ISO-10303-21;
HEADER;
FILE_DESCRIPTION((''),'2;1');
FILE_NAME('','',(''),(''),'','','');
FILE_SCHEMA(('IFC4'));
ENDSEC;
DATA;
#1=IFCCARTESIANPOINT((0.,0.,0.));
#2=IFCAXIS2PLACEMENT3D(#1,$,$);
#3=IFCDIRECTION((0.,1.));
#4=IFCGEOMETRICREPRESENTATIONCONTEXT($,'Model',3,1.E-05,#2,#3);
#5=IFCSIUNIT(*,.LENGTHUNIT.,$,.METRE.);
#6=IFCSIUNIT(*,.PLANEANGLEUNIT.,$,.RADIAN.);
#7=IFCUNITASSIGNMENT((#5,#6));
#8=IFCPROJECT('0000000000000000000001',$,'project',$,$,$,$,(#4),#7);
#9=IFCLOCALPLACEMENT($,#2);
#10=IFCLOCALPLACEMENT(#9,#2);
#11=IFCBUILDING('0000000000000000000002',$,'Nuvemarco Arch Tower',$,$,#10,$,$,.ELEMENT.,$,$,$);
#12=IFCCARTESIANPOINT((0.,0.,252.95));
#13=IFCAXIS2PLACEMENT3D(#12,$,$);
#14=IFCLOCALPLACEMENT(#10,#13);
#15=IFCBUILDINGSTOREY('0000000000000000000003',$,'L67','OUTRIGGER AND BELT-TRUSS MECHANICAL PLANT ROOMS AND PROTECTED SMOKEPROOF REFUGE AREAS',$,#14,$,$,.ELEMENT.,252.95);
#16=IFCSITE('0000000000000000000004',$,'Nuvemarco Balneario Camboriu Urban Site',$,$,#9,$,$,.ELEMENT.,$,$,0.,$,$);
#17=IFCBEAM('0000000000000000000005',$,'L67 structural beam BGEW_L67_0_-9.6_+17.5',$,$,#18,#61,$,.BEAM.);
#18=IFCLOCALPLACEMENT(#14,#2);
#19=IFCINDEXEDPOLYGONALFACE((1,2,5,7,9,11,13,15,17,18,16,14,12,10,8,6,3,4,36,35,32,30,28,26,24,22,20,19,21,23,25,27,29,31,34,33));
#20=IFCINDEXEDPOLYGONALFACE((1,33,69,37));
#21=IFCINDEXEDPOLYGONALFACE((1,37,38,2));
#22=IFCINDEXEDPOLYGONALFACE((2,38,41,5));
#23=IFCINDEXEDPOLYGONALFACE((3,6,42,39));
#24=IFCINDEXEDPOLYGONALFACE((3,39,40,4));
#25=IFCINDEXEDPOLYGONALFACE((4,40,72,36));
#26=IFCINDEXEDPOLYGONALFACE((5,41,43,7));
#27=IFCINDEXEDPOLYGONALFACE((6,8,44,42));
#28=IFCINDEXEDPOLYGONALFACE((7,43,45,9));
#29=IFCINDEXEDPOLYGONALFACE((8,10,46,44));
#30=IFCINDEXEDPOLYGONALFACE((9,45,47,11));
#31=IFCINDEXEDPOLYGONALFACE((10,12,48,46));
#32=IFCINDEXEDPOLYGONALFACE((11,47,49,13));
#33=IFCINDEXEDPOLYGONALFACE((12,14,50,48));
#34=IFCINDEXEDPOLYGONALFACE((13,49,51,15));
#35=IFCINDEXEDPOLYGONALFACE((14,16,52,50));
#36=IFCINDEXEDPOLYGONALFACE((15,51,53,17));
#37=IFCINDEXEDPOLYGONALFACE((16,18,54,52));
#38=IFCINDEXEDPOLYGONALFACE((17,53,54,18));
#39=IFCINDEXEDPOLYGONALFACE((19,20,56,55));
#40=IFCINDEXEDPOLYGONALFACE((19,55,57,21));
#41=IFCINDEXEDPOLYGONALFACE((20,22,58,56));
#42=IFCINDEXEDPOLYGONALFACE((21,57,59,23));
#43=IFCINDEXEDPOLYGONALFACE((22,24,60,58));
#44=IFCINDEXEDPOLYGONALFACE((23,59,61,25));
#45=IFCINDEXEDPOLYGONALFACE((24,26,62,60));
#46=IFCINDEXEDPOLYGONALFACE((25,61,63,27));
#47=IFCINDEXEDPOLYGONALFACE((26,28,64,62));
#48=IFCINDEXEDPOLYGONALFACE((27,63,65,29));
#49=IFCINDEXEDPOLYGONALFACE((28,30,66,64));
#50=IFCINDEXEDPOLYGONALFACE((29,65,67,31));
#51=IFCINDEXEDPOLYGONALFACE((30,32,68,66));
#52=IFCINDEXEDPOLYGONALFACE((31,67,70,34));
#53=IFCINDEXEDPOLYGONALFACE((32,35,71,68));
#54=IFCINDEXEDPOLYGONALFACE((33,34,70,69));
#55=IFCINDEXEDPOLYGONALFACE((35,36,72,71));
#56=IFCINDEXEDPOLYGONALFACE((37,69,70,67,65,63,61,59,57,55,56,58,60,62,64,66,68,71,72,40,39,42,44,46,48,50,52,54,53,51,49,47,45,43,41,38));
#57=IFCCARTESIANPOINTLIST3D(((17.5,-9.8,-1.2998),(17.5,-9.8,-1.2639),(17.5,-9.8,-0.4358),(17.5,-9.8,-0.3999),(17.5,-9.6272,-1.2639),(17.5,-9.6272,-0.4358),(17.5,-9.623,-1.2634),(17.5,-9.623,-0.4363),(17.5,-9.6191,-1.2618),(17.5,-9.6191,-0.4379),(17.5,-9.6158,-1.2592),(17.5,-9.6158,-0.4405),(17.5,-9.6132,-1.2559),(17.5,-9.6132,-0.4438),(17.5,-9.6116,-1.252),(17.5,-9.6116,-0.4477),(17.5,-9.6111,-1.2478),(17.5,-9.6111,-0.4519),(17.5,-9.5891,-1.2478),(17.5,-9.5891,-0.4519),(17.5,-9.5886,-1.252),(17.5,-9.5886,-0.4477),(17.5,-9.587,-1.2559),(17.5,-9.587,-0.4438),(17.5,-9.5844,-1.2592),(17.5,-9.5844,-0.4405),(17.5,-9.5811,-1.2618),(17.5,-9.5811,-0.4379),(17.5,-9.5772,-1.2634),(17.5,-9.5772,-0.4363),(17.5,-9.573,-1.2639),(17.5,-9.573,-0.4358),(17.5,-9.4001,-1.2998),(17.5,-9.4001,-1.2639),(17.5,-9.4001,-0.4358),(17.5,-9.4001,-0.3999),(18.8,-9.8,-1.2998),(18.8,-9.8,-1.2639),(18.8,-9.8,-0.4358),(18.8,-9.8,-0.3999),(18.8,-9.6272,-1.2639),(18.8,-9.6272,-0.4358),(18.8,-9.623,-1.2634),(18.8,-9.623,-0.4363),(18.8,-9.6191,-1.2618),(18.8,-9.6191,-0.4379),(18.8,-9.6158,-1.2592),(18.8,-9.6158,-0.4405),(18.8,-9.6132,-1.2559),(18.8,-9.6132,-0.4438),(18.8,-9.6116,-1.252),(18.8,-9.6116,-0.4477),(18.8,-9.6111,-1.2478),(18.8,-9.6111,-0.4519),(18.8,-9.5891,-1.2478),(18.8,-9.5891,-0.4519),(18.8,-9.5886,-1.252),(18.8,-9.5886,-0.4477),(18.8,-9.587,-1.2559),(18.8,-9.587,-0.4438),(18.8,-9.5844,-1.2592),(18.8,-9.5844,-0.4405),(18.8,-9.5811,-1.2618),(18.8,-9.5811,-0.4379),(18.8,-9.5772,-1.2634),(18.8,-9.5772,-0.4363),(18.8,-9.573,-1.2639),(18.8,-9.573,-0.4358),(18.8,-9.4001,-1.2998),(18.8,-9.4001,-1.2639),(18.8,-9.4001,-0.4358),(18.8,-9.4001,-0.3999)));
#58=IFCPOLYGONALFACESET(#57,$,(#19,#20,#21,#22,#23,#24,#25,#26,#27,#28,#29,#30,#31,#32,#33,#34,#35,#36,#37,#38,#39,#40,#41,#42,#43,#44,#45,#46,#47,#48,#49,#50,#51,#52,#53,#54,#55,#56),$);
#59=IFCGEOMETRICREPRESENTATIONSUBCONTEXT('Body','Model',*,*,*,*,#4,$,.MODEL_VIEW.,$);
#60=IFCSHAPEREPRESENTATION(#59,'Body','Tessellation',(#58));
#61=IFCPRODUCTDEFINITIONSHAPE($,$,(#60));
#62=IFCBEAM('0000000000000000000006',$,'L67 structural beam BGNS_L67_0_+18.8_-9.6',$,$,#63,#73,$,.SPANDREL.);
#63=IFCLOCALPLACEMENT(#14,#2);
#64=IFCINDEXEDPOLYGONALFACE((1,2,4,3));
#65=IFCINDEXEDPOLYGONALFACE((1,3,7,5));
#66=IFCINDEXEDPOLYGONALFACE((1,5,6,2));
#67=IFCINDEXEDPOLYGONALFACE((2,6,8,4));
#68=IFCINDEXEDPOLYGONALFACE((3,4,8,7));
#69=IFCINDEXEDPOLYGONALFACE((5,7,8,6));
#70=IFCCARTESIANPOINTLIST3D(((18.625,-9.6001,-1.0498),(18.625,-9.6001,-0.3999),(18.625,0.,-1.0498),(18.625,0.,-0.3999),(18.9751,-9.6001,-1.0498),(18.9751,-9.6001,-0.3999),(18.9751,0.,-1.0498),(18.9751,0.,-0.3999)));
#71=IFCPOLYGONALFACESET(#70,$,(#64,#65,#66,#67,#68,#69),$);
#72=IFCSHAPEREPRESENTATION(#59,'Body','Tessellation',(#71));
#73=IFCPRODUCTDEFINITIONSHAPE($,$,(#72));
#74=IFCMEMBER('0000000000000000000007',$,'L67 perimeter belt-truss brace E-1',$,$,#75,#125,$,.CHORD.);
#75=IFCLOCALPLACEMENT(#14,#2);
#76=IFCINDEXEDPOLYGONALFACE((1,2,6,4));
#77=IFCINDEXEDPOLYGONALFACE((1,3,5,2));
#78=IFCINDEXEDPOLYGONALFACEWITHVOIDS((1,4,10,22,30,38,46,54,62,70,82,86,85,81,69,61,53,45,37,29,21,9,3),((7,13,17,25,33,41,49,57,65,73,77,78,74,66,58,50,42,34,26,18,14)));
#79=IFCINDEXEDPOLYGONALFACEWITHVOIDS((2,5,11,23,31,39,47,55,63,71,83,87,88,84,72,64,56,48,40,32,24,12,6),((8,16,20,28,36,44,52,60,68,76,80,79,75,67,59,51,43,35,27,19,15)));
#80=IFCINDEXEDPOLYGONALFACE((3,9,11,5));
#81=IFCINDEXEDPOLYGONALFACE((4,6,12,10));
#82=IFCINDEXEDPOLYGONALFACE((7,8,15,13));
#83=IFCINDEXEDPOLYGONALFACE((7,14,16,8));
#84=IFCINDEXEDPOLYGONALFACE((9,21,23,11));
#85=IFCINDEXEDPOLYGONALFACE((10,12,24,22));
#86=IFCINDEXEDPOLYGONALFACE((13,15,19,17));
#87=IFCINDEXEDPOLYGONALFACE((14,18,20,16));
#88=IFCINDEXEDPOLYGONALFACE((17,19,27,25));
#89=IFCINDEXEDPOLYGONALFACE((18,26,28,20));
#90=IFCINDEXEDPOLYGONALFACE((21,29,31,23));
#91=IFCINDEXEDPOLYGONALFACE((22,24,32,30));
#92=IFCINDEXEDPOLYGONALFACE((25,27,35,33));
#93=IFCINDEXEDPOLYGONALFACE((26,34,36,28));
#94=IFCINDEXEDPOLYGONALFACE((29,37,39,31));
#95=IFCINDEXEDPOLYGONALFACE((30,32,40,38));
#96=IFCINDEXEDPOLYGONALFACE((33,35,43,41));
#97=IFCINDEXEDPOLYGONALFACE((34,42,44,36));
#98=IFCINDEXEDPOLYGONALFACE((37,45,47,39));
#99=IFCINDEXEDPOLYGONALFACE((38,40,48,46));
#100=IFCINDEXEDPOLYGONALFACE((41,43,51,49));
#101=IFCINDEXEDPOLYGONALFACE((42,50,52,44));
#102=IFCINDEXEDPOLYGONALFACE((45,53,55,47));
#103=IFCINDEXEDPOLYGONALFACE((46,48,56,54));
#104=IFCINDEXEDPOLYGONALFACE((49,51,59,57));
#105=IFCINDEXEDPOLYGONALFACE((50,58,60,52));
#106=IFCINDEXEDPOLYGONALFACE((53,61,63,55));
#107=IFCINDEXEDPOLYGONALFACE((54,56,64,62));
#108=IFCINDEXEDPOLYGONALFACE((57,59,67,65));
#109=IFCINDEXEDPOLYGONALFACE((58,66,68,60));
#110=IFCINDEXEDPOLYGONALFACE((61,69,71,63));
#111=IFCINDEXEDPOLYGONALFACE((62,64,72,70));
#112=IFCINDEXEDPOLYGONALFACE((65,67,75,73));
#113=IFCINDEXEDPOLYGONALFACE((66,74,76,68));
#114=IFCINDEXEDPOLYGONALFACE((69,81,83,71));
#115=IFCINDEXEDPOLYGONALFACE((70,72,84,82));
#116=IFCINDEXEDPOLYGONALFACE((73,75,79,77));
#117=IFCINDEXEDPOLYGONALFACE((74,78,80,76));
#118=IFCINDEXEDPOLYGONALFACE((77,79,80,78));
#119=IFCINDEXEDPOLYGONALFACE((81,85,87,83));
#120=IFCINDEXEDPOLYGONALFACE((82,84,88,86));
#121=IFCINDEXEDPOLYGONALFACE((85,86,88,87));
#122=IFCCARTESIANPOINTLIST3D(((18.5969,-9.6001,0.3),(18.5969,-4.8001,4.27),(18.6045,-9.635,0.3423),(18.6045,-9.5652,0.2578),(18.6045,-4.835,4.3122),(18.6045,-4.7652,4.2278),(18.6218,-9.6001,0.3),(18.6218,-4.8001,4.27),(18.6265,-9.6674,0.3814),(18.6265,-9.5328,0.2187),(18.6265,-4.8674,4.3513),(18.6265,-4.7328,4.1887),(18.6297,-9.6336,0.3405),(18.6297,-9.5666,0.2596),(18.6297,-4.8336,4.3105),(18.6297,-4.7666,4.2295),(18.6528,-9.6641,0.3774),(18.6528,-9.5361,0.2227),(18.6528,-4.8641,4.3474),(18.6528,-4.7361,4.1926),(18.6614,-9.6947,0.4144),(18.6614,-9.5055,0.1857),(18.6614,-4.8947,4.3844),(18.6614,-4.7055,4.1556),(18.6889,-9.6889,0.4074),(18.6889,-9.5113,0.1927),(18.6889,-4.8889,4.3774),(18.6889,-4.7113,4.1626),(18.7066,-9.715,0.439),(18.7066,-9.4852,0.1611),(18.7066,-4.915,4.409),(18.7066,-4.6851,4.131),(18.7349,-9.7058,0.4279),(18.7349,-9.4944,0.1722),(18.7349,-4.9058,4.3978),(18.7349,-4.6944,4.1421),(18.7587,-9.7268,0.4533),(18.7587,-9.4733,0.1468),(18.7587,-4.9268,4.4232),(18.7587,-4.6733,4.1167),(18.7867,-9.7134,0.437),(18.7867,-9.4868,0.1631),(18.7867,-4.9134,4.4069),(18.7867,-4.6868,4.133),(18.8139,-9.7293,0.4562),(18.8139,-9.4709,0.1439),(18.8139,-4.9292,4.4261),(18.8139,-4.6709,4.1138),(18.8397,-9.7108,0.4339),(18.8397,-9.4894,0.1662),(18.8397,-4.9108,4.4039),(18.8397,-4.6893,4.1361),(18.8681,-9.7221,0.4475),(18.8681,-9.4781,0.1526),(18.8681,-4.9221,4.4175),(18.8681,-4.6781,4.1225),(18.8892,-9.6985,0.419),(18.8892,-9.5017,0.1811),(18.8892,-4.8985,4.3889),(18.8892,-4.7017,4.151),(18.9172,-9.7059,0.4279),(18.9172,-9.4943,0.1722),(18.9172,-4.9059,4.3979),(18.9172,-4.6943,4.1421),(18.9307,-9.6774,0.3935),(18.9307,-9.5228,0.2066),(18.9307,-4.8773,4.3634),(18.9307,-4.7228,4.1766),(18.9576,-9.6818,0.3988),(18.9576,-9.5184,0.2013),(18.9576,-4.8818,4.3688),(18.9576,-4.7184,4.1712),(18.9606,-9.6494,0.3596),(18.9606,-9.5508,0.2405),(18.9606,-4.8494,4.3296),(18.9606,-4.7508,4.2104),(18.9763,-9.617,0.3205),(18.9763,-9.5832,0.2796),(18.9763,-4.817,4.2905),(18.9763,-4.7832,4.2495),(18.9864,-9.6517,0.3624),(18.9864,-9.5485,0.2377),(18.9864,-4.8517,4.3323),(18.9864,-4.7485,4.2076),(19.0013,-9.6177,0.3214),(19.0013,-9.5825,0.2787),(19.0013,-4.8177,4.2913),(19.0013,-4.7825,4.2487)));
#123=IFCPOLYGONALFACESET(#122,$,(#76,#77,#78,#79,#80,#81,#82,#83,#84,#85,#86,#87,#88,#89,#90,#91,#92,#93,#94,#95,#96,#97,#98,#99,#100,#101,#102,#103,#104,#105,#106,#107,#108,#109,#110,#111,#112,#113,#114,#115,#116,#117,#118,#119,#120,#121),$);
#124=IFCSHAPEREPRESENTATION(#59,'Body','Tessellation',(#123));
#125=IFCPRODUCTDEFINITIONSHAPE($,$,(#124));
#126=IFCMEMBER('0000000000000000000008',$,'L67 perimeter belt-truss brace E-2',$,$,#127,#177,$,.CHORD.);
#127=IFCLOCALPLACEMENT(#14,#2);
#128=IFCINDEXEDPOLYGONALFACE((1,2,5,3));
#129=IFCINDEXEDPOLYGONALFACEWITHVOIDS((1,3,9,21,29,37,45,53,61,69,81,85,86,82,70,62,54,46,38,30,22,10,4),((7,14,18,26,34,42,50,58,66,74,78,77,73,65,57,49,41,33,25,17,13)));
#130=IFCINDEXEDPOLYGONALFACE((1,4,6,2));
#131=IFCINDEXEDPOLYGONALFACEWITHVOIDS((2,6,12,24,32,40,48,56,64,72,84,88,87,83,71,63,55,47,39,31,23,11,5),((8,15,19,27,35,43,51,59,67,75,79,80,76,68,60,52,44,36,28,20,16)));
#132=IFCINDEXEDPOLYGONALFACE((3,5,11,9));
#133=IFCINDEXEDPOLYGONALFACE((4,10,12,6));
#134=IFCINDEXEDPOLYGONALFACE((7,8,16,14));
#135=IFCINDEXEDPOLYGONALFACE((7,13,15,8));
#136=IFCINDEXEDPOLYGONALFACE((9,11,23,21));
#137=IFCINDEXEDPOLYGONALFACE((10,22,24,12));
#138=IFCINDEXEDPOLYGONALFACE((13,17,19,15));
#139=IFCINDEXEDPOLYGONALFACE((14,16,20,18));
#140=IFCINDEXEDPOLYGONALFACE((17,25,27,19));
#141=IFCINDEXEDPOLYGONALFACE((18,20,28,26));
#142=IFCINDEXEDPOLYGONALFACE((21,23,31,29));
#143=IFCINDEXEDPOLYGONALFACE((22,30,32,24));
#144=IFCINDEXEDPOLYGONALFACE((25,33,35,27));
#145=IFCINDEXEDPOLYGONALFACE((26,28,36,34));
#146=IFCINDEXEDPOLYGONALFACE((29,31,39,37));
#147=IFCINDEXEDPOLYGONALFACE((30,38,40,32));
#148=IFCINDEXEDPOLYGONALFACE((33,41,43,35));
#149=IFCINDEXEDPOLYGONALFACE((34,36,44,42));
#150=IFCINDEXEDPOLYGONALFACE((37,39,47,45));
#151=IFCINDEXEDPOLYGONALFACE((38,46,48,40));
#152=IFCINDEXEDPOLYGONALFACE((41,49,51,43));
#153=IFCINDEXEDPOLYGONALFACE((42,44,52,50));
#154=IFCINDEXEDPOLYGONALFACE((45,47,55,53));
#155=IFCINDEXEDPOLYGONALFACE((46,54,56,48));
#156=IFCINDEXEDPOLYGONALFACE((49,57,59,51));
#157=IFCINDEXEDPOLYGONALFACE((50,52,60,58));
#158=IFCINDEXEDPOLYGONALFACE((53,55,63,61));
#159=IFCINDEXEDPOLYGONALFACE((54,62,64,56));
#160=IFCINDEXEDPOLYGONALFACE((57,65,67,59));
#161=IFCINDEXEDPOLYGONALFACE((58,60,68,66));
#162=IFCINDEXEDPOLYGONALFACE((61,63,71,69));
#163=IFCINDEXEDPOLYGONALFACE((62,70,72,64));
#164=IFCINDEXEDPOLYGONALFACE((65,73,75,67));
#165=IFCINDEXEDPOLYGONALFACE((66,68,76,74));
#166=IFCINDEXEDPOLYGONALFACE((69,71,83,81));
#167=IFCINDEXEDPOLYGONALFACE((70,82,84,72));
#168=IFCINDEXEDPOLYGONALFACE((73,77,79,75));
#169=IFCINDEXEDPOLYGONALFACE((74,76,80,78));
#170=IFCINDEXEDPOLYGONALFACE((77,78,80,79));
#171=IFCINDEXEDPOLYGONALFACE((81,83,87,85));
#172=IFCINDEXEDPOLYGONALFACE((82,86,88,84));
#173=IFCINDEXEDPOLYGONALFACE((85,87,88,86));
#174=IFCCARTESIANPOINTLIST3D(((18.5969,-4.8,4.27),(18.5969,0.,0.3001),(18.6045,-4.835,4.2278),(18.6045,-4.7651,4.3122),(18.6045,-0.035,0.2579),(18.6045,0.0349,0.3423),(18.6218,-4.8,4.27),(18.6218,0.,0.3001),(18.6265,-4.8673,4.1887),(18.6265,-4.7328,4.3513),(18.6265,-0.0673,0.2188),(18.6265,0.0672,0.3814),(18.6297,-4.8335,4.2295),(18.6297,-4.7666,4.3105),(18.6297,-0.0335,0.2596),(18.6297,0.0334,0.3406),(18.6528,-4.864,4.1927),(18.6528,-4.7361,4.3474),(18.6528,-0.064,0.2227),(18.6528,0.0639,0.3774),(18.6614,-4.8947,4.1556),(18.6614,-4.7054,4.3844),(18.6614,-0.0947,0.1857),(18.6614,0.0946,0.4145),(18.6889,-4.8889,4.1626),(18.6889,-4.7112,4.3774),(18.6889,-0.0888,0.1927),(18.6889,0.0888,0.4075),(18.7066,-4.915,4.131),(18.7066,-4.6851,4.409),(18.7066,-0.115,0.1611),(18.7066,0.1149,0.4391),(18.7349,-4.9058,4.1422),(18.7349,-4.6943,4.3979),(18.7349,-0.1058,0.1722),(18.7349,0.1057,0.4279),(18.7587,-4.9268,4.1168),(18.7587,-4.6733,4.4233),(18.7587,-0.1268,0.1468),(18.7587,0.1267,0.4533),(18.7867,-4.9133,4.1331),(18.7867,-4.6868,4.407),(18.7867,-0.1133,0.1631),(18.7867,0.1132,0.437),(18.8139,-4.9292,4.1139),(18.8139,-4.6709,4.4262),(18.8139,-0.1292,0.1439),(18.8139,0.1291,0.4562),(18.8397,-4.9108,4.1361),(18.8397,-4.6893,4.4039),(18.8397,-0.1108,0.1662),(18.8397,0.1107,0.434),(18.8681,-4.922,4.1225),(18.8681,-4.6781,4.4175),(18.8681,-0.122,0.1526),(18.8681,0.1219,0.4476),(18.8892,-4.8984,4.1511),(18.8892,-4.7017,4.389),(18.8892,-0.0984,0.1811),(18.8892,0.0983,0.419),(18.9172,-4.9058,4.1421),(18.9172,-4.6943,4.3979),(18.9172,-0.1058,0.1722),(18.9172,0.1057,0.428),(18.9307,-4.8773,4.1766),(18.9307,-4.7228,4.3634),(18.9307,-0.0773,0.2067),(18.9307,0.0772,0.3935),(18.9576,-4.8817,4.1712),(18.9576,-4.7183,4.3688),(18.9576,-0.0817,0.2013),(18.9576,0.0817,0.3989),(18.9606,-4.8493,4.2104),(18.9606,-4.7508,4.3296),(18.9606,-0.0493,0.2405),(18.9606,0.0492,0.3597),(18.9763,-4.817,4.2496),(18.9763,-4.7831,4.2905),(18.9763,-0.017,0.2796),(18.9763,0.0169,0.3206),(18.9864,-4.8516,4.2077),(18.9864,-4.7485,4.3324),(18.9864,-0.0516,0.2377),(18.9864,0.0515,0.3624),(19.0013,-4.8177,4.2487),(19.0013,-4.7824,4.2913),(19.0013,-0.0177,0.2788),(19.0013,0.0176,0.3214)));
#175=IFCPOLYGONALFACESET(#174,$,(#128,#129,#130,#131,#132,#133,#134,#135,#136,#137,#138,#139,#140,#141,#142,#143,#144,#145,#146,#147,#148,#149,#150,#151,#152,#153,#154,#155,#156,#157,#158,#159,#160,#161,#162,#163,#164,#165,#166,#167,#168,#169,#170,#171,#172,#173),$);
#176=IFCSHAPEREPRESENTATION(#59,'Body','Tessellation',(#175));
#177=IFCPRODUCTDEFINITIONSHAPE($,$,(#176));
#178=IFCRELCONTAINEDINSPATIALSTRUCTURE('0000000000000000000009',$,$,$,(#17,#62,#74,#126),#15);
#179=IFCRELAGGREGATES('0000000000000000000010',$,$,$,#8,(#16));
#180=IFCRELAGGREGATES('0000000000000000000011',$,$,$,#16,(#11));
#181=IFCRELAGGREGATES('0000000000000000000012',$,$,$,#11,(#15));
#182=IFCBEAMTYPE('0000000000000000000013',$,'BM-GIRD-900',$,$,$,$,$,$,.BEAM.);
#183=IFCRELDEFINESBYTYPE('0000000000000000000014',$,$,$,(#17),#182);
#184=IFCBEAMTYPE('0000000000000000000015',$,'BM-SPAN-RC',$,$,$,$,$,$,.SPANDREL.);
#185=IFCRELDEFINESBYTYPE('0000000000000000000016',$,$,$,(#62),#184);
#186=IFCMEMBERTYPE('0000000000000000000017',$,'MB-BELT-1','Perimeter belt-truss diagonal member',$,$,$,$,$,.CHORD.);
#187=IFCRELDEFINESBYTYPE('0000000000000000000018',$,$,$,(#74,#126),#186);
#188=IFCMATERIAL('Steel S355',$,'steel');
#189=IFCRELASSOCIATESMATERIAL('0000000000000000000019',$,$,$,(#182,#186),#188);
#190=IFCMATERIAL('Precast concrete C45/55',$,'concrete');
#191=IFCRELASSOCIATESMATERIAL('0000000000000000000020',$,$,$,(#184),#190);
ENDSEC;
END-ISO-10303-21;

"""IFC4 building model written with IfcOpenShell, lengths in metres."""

from ifc_helpers import new_model, si_unit, direction, frame, origin, origin_2d, place, context, subcontext, project, spatial, rectangle, hollow_circle, i_section, extrude, material, material_profile, profile_set, type_object, element, save


model = new_model("IFC4")

# Units and contexts
model_context = context("Model", 3, precision=1e-05, world=origin(), true_north=direction((0.0, 1.0)))
body_context = subcontext(model_context, "Body", "Model", "MODEL_VIEW")
ifc_project = project(units=[si_unit("LENGTHUNIT", "METRE"), si_unit("PLANEANGLEUNIT", "RADIAN")], contexts=[model_context])

# Site, building, storey
site_placement = place(None, origin())
site = spatial("IfcSite", under=ifc_project, at=site_placement, Name="Nuvemarco Balneario Camboriu Urban Site", CompositionType="ELEMENT", RefElevation=0.0)
building_placement = place(site_placement, origin())
building = spatial("IfcBuilding", under=site, at=building_placement, Name="Nuvemarco Arch Tower", CompositionType="ELEMENT")
storey_placement = place(building_placement, frame((0.0, 0.0, 252.95)))
storey = spatial("IfcBuildingStorey", under=building, at=storey_placement, Name="L67", Description="OUTRIGGER AND BELT-TRUSS MECHANICAL PLANT ROOMS AND PROTECTED SMOKEPROOF REFUGE AREAS", CompositionType="ELEMENT", Elevation=252.95)

# Shared definitions
ifc_material_1 = material(Name="Steel S355", Category="steel")

# Beams
ifc_material_profile_1 = material_profile(ifc_material_1, i_section(OverallWidth=0.3999, OverallDepth=0.8999, WebThickness=0.022, FlangeThickness=0.0359, FilletRadius=0.0161, at=origin_2d()), Name="PG900x400")
ifc_profile_set_1 = profile_set([ifc_material_profile_1], Name="Steel S355")
beam_type_1 = type_object("IfcBeamType", Name="BM-GIRD-900", PredefinedType="BEAM", material=ifc_profile_set_1)
beam_1_placement = place(storey_placement, frame((17.5, -9.6001, -0.8499), z_axis=(1.0, 0.0, 0.0), x_axis=(0.0, 1.0, 0.0)))
element("IfcBeam", 1, at=beam_1_placement, inside=storey, type_object=beam_type_1, Name="L67 structural beam BGEW_L67_0_-9.6_+17.5", PredefinedType="BEAM", context=body_context, shape_type="SweptSolid", body=[
    extrude(i_section(OverallWidth=0.3999, OverallDepth=0.8999, WebThickness=0.022, FlangeThickness=0.0359, FilletRadius=0.0161, at=origin_2d()), origin(), (0.0, 0.0, 1.0), 1.3),
])
ifc_material_2 = material(Name="Precast concrete C45/55", Category="concrete")
ifc_material_profile_2 = material_profile(ifc_material_2, rectangle(XDim=0.3501, YDim=0.6499, at=origin_2d()), Name="PC-SP-350x650")
ifc_profile_set_2 = profile_set([ifc_material_profile_2], Name="Precast concrete C45/55")
beam_type_2 = type_object("IfcBeamType", Name="BM-SPAN-RC", PredefinedType="SPANDREL", material=ifc_profile_set_2)
beam_2_placement = place(storey_placement, frame((18.8, -9.6001, -0.7249), z_axis=(0.0, 1.0, 0.0), x_axis=(-1.0, 0.0, 0.0)))
element("IfcBeam", 2, at=beam_2_placement, inside=storey, type_object=beam_type_2, Name="L67 structural beam BGNS_L67_0_+18.8_-9.6", PredefinedType="SPANDREL", context=body_context, shape_type="SweptSolid", body=[
    extrude(rectangle(XDim=0.3501, YDim=0.6499, at=origin_2d()), origin(), (0.0, 0.0, 1.0), 9.6001),
])

# Members
ifc_material_profile_3 = material_profile(ifc_material_1, hollow_circle(Radius=0.2031, WallThickness=0.0249, at=origin_2d()), Name="CHS406.4x25")
ifc_profile_set_3 = profile_set([ifc_material_profile_3], Name="Steel S355")
member_type_1 = type_object("IfcMemberType", Name="MB-BELT-1", Description="Perimeter belt-truss diagonal member", PredefinedType="CHORD", material=ifc_profile_set_3)
for number, where, z_axis, x_axis, name in (
    (3, (18.8, -9.6001, 0.3), (0.0, 0.77059, 0.637331), (-1.0, 0.0, 0.0), "L67 perimeter belt-truss brace E-1"),
    (4, (18.8, -4.8, 4.27), (0.0, 0.77059, -0.637331), (-1.0, 0.0, 0.0), "L67 perimeter belt-truss brace E-2"),
):
    element("IfcMember", number, at=place(storey_placement, frame(where, z_axis=z_axis, x_axis=x_axis)), inside=storey, type_object=member_type_1, Name=name, PredefinedType="CHORD", context=body_context, shape_type="SweptSolid", body=[
        extrude(hollow_circle(Radius=0.2031, WallThickness=0.0249, at=origin_2d()), origin(), (0.0, 0.0, 1.0), 6.229),
    ])

save(model, "model.ifc")
